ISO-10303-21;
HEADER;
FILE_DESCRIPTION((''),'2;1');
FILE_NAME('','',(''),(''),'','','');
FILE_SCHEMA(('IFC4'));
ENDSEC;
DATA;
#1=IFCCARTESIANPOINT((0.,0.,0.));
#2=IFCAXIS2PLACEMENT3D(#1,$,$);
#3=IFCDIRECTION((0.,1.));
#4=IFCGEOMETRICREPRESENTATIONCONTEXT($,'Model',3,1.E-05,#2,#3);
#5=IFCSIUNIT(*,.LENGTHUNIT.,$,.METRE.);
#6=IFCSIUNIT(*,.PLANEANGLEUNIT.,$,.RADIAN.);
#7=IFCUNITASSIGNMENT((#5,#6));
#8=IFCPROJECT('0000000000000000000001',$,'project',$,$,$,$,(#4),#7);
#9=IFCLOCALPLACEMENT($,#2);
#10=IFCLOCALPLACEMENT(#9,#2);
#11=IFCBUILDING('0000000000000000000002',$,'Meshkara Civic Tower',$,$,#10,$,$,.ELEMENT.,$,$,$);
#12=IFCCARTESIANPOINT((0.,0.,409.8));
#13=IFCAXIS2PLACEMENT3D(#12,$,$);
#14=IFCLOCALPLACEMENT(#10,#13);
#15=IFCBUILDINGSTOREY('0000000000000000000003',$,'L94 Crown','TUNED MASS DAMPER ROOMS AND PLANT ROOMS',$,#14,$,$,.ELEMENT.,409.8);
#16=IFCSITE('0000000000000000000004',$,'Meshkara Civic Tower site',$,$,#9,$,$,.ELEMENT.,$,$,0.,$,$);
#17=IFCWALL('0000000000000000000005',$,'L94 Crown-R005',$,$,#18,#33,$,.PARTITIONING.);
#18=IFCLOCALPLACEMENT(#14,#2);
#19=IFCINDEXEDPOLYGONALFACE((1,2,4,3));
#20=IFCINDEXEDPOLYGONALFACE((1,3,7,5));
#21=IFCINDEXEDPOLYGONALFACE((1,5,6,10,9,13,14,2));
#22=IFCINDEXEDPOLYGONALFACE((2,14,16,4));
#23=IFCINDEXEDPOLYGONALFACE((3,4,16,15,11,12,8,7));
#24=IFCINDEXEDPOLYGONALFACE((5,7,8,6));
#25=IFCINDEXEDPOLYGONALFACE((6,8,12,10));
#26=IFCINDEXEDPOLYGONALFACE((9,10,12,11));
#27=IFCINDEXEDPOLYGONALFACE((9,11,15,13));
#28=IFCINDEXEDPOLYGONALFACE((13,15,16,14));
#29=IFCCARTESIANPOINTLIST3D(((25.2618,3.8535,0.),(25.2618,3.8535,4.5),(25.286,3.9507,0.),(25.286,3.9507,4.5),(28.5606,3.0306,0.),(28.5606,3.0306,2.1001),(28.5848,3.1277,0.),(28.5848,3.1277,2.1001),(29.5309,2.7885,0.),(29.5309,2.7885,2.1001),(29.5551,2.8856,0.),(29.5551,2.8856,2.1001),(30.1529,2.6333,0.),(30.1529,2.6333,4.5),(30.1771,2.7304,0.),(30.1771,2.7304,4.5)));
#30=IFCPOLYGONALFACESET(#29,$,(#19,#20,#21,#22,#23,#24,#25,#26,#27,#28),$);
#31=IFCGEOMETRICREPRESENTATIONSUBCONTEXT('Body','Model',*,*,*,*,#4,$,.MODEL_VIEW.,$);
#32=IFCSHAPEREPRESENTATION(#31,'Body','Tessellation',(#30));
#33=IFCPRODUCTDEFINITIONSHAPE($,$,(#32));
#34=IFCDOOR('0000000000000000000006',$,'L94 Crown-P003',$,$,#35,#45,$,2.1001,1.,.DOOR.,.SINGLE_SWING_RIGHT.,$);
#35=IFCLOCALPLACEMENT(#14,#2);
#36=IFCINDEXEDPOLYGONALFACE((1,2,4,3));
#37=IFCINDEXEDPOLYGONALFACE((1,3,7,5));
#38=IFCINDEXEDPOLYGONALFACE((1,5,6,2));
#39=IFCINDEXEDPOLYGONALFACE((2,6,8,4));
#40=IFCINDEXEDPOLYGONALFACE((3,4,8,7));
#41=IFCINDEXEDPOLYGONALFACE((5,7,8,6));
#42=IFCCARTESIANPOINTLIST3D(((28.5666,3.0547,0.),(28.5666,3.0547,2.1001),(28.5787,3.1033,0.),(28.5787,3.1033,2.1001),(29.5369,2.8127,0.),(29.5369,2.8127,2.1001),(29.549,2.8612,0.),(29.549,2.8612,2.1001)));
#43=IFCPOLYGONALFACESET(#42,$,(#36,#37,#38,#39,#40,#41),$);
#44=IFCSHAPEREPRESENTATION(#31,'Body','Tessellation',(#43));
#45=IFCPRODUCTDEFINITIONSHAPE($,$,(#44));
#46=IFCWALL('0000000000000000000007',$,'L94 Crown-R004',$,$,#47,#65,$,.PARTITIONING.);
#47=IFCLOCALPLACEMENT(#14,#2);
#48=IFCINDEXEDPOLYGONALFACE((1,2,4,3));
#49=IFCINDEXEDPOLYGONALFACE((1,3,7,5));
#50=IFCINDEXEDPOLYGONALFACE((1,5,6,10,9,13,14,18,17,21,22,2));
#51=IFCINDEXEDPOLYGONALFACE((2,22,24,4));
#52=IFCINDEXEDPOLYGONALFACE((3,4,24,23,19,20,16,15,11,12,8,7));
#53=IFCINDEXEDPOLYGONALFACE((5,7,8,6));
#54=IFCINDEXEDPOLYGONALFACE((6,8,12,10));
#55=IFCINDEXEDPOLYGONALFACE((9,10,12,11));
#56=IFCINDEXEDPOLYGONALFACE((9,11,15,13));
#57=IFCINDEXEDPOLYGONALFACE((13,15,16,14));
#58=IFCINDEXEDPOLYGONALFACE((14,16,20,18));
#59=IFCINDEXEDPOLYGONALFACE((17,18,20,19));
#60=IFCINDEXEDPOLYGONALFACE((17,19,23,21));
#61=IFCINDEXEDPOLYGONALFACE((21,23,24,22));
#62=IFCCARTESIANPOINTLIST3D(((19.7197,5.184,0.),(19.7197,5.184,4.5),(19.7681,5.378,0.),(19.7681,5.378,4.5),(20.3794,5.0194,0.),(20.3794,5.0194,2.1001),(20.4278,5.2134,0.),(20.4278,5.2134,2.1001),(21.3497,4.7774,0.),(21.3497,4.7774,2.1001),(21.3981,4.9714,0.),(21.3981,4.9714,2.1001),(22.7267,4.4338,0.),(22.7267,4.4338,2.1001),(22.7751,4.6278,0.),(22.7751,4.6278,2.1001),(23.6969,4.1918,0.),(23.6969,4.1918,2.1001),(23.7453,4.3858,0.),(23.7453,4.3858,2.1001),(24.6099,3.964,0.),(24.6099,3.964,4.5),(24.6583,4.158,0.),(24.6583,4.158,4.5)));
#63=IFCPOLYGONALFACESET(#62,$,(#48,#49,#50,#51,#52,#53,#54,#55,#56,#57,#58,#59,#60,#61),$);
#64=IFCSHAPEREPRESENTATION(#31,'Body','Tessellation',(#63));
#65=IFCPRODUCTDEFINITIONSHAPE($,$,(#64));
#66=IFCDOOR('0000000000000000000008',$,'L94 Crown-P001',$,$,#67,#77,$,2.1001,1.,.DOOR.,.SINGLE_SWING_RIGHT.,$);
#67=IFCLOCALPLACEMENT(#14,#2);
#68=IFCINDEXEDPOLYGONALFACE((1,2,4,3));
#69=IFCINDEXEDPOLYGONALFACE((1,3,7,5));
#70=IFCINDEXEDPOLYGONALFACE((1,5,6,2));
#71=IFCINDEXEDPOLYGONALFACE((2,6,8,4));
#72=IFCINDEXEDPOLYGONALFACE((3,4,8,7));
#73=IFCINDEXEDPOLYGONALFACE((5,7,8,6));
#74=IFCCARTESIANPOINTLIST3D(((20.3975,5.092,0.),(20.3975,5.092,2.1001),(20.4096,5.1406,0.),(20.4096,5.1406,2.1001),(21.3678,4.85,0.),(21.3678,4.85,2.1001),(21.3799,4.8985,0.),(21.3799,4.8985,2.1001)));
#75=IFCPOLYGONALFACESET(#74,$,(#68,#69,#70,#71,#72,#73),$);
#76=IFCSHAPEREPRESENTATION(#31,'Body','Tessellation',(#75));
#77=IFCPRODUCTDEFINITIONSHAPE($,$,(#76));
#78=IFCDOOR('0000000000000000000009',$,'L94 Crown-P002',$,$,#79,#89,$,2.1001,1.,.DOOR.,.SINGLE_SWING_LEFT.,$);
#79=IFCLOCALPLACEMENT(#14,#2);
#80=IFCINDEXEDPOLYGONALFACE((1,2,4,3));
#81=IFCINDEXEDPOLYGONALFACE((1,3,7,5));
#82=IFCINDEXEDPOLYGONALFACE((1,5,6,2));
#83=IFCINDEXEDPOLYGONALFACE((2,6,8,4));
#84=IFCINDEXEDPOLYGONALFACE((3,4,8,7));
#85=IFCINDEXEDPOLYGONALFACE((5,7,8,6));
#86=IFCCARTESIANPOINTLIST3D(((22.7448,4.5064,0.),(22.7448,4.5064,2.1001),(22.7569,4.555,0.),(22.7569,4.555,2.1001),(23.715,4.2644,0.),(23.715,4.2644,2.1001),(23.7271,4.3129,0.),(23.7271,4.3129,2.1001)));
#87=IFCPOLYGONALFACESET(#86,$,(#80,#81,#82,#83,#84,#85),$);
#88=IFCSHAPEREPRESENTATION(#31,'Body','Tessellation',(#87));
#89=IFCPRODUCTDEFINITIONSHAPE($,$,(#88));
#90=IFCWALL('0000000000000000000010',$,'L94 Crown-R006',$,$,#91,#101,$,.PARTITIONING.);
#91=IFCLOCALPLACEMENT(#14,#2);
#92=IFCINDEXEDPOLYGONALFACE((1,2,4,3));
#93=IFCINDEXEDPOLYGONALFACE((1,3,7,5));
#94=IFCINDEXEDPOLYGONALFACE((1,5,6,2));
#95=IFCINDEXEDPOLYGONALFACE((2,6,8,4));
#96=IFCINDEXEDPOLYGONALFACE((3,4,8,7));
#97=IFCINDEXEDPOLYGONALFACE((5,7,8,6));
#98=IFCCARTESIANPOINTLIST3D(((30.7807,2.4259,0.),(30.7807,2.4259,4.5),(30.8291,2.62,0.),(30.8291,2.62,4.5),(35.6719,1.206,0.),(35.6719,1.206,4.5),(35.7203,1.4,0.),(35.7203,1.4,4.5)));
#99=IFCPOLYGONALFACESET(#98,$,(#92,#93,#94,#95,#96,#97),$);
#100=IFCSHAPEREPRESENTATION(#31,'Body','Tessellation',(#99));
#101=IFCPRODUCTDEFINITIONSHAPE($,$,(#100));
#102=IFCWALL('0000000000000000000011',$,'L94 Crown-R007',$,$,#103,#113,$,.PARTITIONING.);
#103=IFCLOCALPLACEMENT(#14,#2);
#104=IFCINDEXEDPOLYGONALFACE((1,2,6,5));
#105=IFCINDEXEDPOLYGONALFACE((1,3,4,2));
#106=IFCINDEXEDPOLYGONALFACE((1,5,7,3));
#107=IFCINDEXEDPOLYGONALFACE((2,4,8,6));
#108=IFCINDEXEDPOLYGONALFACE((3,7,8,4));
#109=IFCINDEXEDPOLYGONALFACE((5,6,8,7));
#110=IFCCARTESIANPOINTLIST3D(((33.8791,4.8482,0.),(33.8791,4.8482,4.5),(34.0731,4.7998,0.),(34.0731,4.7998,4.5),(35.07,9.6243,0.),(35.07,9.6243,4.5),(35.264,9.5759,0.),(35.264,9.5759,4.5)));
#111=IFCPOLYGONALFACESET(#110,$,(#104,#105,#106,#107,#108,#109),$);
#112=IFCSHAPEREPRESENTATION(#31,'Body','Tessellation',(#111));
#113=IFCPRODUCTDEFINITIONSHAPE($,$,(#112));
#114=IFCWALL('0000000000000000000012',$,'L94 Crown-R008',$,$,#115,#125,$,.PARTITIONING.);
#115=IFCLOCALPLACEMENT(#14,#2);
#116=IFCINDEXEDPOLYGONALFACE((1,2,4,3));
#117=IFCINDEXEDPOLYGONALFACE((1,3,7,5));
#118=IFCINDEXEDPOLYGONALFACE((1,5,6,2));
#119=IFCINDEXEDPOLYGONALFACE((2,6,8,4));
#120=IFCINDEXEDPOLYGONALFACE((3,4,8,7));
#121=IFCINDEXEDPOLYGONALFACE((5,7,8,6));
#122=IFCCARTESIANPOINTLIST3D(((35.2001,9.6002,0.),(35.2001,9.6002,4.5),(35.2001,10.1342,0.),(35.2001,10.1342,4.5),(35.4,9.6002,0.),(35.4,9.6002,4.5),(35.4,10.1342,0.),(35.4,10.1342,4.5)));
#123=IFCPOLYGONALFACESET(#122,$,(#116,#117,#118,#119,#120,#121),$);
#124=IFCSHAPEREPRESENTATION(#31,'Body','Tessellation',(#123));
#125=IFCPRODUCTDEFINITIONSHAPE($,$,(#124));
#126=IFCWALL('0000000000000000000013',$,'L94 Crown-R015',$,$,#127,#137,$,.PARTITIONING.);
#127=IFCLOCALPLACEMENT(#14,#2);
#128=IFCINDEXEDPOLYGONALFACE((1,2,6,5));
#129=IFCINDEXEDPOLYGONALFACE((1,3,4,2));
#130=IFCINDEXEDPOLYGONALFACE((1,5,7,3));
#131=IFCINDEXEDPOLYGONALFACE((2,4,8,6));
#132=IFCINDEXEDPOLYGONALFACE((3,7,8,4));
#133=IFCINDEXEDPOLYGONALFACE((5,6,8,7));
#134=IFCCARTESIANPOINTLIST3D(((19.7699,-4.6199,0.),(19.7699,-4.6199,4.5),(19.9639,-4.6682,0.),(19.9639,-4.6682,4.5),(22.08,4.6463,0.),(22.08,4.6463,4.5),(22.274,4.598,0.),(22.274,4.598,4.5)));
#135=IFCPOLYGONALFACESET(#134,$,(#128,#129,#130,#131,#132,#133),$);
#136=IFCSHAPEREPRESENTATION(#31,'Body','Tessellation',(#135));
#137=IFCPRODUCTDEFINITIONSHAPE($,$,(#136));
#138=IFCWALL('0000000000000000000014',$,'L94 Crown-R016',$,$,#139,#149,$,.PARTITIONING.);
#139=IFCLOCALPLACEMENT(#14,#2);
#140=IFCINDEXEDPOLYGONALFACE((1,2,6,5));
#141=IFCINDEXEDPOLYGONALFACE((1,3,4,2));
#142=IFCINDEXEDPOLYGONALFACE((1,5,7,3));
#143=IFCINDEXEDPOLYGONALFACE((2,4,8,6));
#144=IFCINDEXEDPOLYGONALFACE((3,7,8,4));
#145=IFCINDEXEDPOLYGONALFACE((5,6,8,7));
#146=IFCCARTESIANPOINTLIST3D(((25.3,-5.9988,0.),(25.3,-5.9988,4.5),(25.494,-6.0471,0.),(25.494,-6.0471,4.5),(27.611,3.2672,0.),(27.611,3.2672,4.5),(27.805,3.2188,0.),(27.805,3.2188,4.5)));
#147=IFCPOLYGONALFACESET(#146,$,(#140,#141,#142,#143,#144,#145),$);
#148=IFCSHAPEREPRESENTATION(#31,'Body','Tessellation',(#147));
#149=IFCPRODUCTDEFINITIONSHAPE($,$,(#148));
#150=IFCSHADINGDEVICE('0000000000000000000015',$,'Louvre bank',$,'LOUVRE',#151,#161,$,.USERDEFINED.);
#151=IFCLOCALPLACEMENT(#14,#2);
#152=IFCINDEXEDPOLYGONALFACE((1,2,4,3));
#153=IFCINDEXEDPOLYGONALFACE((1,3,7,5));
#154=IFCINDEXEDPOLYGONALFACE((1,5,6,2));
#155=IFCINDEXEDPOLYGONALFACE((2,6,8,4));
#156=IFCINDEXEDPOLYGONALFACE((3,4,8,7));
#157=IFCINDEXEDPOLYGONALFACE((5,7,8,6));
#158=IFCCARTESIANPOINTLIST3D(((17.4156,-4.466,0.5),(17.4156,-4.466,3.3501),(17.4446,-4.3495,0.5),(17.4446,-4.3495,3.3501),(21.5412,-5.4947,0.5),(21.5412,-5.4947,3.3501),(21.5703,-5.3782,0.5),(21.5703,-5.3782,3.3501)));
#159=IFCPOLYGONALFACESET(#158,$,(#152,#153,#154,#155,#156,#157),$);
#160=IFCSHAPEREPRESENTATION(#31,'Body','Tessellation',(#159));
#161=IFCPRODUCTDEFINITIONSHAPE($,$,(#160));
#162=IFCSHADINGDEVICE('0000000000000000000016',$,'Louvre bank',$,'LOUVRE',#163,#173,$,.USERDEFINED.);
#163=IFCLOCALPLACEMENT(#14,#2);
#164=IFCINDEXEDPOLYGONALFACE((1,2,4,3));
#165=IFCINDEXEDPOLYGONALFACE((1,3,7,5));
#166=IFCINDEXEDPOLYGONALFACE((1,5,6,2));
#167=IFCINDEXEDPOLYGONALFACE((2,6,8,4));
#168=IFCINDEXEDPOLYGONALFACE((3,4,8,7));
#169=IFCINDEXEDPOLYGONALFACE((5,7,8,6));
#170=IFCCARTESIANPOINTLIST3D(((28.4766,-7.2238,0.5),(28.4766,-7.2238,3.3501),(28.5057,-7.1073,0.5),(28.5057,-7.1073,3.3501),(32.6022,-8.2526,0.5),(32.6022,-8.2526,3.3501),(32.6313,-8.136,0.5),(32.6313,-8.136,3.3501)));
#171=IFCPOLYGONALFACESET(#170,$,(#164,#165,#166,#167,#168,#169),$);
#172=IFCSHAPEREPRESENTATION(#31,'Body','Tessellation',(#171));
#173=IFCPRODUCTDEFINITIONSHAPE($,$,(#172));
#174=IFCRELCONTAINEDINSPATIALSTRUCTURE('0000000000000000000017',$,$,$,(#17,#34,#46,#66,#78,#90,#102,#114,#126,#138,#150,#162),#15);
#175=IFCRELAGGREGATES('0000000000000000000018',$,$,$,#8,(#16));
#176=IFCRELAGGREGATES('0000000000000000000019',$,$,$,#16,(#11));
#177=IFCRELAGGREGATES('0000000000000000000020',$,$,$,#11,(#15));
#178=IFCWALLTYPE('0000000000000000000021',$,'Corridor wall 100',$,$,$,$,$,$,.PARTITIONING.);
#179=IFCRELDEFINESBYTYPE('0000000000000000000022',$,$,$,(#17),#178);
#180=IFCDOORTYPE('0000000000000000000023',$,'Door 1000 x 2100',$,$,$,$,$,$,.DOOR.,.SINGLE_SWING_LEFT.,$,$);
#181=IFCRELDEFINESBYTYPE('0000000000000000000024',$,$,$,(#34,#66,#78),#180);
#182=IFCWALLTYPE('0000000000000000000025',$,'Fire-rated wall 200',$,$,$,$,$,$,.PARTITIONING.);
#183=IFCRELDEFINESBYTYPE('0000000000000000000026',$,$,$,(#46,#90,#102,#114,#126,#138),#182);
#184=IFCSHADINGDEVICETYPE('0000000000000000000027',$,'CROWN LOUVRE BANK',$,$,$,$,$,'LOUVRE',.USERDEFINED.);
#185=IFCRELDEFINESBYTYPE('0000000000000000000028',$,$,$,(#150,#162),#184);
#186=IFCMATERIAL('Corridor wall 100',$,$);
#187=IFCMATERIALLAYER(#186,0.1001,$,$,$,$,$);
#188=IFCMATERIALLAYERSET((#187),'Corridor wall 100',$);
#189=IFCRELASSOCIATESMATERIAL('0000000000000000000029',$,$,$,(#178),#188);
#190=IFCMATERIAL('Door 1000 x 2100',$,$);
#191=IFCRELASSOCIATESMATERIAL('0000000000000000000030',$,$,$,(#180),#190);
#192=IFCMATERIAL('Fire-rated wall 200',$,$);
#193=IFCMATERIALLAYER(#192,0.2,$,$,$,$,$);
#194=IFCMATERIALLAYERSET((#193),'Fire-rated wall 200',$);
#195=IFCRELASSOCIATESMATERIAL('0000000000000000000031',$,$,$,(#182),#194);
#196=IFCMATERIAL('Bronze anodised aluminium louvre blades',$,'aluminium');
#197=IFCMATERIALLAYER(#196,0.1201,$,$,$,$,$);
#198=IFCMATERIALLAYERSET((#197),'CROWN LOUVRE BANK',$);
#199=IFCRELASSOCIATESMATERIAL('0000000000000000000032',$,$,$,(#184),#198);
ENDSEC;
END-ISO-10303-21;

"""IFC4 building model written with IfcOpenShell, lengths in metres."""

from ifc_helpers import new_model, si_unit, direction, frame, frame_2d, origin, origin_2d, place, context, subcontext, project, spatial, rectangle, extrude, material, layer, layer_set, type_object, element, fill, save


model = new_model("IFC4")

# Units and contexts
model_context = context("Model", 3, precision=1e-05, world=origin(), true_north=direction((0.0, 1.0)))
body_context = subcontext(model_context, "Body", "Model", "MODEL_VIEW")
ifc_project = project(units=[si_unit("LENGTHUNIT", "METRE"), si_unit("PLANEANGLEUNIT", "RADIAN")], contexts=[model_context])

# Site, building, storey
site_placement = place(None, origin())
site = spatial("IfcSite", under=ifc_project, at=site_placement, Name="Meshkara Civic Tower site", CompositionType="ELEMENT", RefElevation=0.0)
building_placement = place(site_placement, origin())
building = spatial("IfcBuilding", under=site, at=building_placement, Name="Meshkara Civic Tower", CompositionType="ELEMENT")
storey_placement = place(building_placement, frame((0.0, 0.0, 409.8)))
storey = spatial("IfcBuildingStorey", under=building, at=storey_placement, Name="L94 Crown", Description="TUNED MASS DAMPER ROOMS AND PLANT ROOMS", CompositionType="ELEMENT", Elevation=409.8)

# Wall, opening, door
ifc_material_1 = material(Name="Corridor wall 100")
ifc_layer_1 = layer(ifc_material_1, 0.1001)
ifc_layer_set_1 = layer_set([ifc_layer_1], Name="Corridor wall 100")
wall_type_1 = type_object("IfcWallType", Name="Corridor wall 100", PredefinedType="PARTITIONING", material=ifc_layer_set_1)
wall_1_placement = place(storey_placement, frame((25.2739, 3.9021, 0.0), z_axis=(0.0, 0.0, 1.0), x_axis=(0.970262, -0.242057, 0.0)))
wall_1 = element("IfcWall", 1, at=wall_1_placement, inside=storey, type_object=wall_type_1, Name="L94 Crown-R005", PredefinedType="PARTITIONING", context=body_context, shape_type="SweptSolid", body=[
    extrude(rectangle(XDim=5.041, YDim=0.1001, at=frame_2d((2.5205, 0.0))), origin(), (0.0, 0.0, 1.0), 4.5),
])
opening_1_placement = place(wall_1_placement, frame((3.3999, 0.0, 0.0)))
opening_1 = element("IfcOpeningElement", 2, at=opening_1_placement, cuts=wall_1, PredefinedType="OPENING", context=body_context, shape_type="SweptSolid", body=[
    extrude(rectangle(XDim=1.0, YDim=2.1001, at=frame_2d((0.5, 1.05))), frame((0.0, 0.0601, 0.0), z_axis=(0.0, -1.0, 0.0), x_axis=(1.0, 0.0, 0.0)), (0.0, 0.0, 1.0), 0.1201),
])
ifc_material_2 = material(Name="Door 1000 x 2100")
door_type = type_object("IfcDoorType", Name="Door 1000 x 2100", OperationType="SINGLE_SWING_LEFT", PredefinedType="DOOR", material=ifc_material_2)
door_1_placement = place(opening_1_placement, origin())
door_1 = element("IfcDoor", 3, at=door_1_placement, inside=storey, type_object=door_type, Name="L94 Crown-P003", OperationType="SINGLE_SWING_RIGHT", OverallHeight=2.1001, OverallWidth=1.0, PredefinedType="DOOR", context=body_context, shape_type="SweptSolid", body=[
    extrude(rectangle(XDim=1.0, YDim=2.1001, at=frame_2d((0.5, 1.05))), frame((0.0, 0.0249, 0.0), z_axis=(0.0, -1.0, 0.0), x_axis=(1.0, 0.0, 0.0)), (0.0, 0.0, 1.0), 0.05),
])
fill(opening_1, door_1)

# Wall, openings, doors
ifc_material_3 = material(Name="Fire-rated wall 200")
ifc_layer_2 = layer(ifc_material_3, 0.2)
ifc_layer_set_2 = layer_set([ifc_layer_2], Name="Fire-rated wall 200")
wall_type_2 = type_object("IfcWallType", Name="Fire-rated wall 200", PredefinedType="PARTITIONING", material=ifc_layer_set_2)
wall_2_placement = place(storey_placement, frame((19.7439, 5.281, 0.0), z_axis=(0.0, 0.0, 1.0), x_axis=(0.970262, -0.242057, 0.0)))
wall_2 = element("IfcWall", 4, at=wall_2_placement, inside=storey, type_object=wall_type_2, Name="L94 Crown-R004", PredefinedType="PARTITIONING", context=body_context, shape_type="SweptSolid", body=[
    extrude(rectangle(XDim=5.04, YDim=0.2, at=frame_2d((2.52, 0.0))), origin(), (0.0, 0.0, 1.0), 4.5),
])
opening_2_placement = place(wall_2_placement, frame((0.6799, 0.0, 0.0)))
opening_2 = element("IfcOpeningElement", 5, at=opening_2_placement, cuts=wall_2, PredefinedType="OPENING", context=body_context, shape_type="SweptSolid", body=[
    extrude(rectangle(XDim=1.0, YDim=2.1001, at=frame_2d((0.5, 1.05))), frame((0.0, 0.1099, 0.0), z_axis=(0.0, -1.0, 0.0), x_axis=(1.0, 0.0, 0.0)), (0.0, 0.0, 1.0), 0.22),
])
opening_3_placement = place(wall_2_placement, frame((3.0991, 0.0, 0.0)))
opening_3 = element("IfcOpeningElement", 6, at=opening_3_placement, cuts=wall_2, PredefinedType="OPENING", context=body_context, shape_type="SweptSolid", body=[
    extrude(rectangle(XDim=1.0, YDim=2.1001, at=frame_2d((0.5, 1.05))), frame((0.0, 0.1099, 0.0), z_axis=(0.0, -1.0, 0.0), x_axis=(1.0, 0.0, 0.0)), (0.0, 0.0, 1.0), 0.22),
])
door_2_placement = place(opening_2_placement, origin())
door_2 = element("IfcDoor", 7, at=door_2_placement, inside=storey, type_object=door_type, Name="L94 Crown-P001", OperationType="SINGLE_SWING_RIGHT", OverallHeight=2.1001, OverallWidth=1.0, PredefinedType="DOOR", context=body_context, shape_type="SweptSolid", body=[
    extrude(rectangle(XDim=1.0, YDim=2.1001, at=frame_2d((0.5, 1.05))), frame((0.0, 0.0249, 0.0), z_axis=(0.0, -1.0, 0.0), x_axis=(1.0, 0.0, 0.0)), (0.0, 0.0, 1.0), 0.05),
])
fill(opening_2, door_2)
door_3_placement = place(opening_3_placement, origin())
door_3 = element("IfcDoor", 8, at=door_3_placement, inside=storey, type_object=door_type, Name="L94 Crown-P002", OperationType="SINGLE_SWING_LEFT", OverallHeight=2.1001, OverallWidth=1.0, PredefinedType="DOOR", context=body_context, shape_type="SweptSolid", body=[
    extrude(rectangle(XDim=1.0, YDim=2.1001, at=frame_2d((0.5, 1.05))), frame((0.0, 0.0249, 0.0), z_axis=(0.0, -1.0, 0.0), x_axis=(1.0, 0.0, 0.0)), (0.0, 0.0, 1.0), 0.05),
])
fill(opening_3, door_3)

# Walls
wall_3_placement = place(storey_placement, frame((30.8049, 2.5229, 0.0), z_axis=(0.0, 0.0, 1.0), x_axis=(0.970273, -0.242011, 0.0)))
element("IfcWall", 9, at=wall_3_placement, inside=storey, type_object=wall_type_2, Name="L94 Crown-R006", PredefinedType="PARTITIONING", context=body_context, shape_type="SweptSolid", body=[
    extrude(rectangle(XDim=5.041, YDim=0.2, at=frame_2d((2.5205, 0.0))), origin(), (0.0, 0.0, 1.0), 4.5),
])
wall_4_placement = place(storey_placement, frame((33.9761, 4.824, 0.0), z_axis=(0.0, 0.0, 1.0), x_axis=(0.24194, 0.970291, 0.0)))
element("IfcWall", 10, at=wall_4_placement, inside=storey, type_object=wall_type_2, Name="L94 Crown-R007", PredefinedType="PARTITIONING", context=body_context, shape_type="SweptSolid", body=[
    extrude(rectangle(XDim=4.9224, YDim=0.2, at=frame_2d((2.4612, 0.0))), origin(), (0.0, 0.0, 1.0), 4.5),
])
wall_5_placement = place(storey_placement, frame((35.3, 9.6001, 0.0), z_axis=(0.0, 0.0, 1.0), x_axis=(0.0, 1.0, 0.0)))
element("IfcWall", 11, at=wall_5_placement, inside=storey, type_object=wall_type_2, Name="L94 Crown-R008", PredefinedType="PARTITIONING", context=body_context, shape_type="SweptSolid", body=[
    extrude(rectangle(XDim=0.5339, YDim=0.2, at=frame_2d((0.2671, 0.0))), origin(), (0.0, 0.0, 1.0), 4.5),
])
for number, where, z_axis, x_axis, name in (
    (12, (19.8669, -4.644, 0.0), (0.0, 0.0, 1.0), (0.241898, 0.970302, 0.0), "L94 Crown-R015"),
    (13, (25.397, -6.0229, 0.0), (0.0, 0.0, 1.0), (0.242, 0.970276, 0.0), "L94 Crown-R016"),
):
    element("IfcWall", number, at=place(storey_placement, frame(where, z_axis=z_axis, x_axis=x_axis)), inside=storey, type_object=wall_type_2, Name=name, PredefinedType="PARTITIONING", context=body_context, shape_type="SweptSolid", body=[
        extrude(rectangle(XDim=9.5498, YDim=0.2, at=frame_2d((4.7749, 0.0))), origin(), (0.0, 0.0, 1.0), 4.5),
    ])

# Shading devices
ifc_material_4 = material(Name="Bronze anodised aluminium louvre blades", Category="aluminium")
ifc_layer_3 = layer(ifc_material_4, 0.1201)
ifc_layer_set_3 = layer_set([ifc_layer_3], Name="CROWN LOUVRE BANK")
shading_device_type = type_object("IfcShadingDeviceType", Name="CROWN LOUVRE BANK", ElementType="LOUVRE", PredefinedType="USERDEFINED", material=ifc_layer_set_3)
for number, where, z_axis, x_axis, name in (
    (14, (19.4929, -4.9221, 0.5), (0.0, 0.0, 1.0), (0.970292, -0.241939, 0.0), "Louvre bank"),
    (15, (30.554, -7.6799, 0.5), (0.0, 0.0, 1.0), (0.970292, -0.241939, 0.0), "Louvre bank"),
):
    element("IfcShadingDevice", number, at=place(storey_placement, frame(where, z_axis=z_axis, x_axis=x_axis)), inside=storey, type_object=shading_device_type, Name=name, ObjectType="LOUVRE", PredefinedType="USERDEFINED", context=body_context, shape_type="SweptSolid", body=[
        extrude(rectangle(XDim=4.252, YDim=0.1201, at=origin_2d()), origin(), (0.0, 0.0, 1.0), 2.8501),
    ])

save(model, "model.ifc")
